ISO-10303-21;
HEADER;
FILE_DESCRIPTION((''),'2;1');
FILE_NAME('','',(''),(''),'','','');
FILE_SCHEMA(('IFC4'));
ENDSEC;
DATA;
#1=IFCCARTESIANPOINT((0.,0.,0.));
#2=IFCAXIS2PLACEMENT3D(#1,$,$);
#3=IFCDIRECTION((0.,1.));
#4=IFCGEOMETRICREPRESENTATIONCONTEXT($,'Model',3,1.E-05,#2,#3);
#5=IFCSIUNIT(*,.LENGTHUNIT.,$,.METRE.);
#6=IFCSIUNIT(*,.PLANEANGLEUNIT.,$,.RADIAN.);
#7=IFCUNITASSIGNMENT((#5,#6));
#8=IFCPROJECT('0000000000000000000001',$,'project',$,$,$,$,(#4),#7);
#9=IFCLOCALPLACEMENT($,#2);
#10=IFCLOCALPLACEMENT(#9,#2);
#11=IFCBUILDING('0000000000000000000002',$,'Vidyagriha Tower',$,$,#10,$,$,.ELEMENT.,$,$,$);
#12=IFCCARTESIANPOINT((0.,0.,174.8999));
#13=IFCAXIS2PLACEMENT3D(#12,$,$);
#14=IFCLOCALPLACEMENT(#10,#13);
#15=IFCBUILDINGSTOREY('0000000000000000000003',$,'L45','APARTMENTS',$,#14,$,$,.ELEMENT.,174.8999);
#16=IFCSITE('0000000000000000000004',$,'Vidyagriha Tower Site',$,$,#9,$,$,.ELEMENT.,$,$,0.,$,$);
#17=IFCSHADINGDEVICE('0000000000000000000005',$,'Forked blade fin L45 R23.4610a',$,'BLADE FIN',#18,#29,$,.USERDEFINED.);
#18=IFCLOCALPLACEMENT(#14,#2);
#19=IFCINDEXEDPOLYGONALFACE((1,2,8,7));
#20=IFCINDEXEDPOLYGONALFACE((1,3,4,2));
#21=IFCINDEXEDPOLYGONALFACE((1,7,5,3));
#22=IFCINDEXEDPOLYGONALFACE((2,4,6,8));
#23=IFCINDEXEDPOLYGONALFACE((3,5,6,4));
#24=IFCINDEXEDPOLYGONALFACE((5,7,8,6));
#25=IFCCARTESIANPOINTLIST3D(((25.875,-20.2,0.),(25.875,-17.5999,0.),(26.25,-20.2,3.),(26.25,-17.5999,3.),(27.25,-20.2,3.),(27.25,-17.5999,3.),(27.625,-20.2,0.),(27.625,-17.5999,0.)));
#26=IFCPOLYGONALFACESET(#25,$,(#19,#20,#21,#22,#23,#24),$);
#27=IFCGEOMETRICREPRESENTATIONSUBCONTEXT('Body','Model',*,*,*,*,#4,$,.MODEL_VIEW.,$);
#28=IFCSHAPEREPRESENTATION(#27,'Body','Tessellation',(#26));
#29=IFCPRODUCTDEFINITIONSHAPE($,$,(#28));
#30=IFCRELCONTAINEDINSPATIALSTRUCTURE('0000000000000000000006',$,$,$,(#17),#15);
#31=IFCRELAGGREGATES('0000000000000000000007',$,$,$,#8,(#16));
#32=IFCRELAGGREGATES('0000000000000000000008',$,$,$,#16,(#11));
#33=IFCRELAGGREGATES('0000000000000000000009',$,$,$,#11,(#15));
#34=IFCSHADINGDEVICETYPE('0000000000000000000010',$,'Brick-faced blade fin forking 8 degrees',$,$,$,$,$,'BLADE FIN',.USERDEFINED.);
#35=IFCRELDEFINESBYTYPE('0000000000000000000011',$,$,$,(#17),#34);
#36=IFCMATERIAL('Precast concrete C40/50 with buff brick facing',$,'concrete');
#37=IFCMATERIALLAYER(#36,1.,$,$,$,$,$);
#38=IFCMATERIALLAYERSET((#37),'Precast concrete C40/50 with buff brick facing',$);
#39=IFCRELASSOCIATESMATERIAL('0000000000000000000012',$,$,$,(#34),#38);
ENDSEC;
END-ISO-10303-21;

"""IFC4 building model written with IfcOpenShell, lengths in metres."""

from ifc_helpers import new_model, si_unit, direction, frame, origin, place, context, subcontext, project, spatial, polyline, outline, extrude, material, layer, layer_set, type_object, element, save


model = new_model("IFC4")

# Units and contexts
model_context = context("Model", 3, precision=1e-05, world=origin(), true_north=direction((0.0, 1.0)))
body_context = subcontext(model_context, "Body", "Model", "MODEL_VIEW")
ifc_project = project(units=[si_unit("LENGTHUNIT", "METRE"), si_unit("PLANEANGLEUNIT", "RADIAN")], contexts=[model_context])

# Site, building, storey
site_placement = place(None, origin())
site = spatial("IfcSite", under=ifc_project, at=site_placement, Name="Vidyagriha Tower Site", CompositionType="ELEMENT", RefElevation=0.0)
building_placement = place(site_placement, origin())
building = spatial("IfcBuilding", under=site, at=building_placement, Name="Vidyagriha Tower", CompositionType="ELEMENT")
storey_placement = place(building_placement, frame((0.0, 0.0, 174.8999)))
storey = spatial("IfcBuildingStorey", under=building, at=storey_placement, Name="L45", Description="APARTMENTS", CompositionType="ELEMENT", Elevation=174.8999)

# Shading device
ifc_material_1 = material(Name="Precast concrete C40/50 with buff brick facing", Category="concrete")
ifc_layer_1 = layer(ifc_material_1, 1.0)
ifc_layer_set_1 = layer_set([ifc_layer_1], Name="Precast concrete C40/50 with buff brick facing")
shading_device_type_1 = type_object("IfcShadingDeviceType", Name="Brick-faced blade fin forking 8 degrees", ElementType="BLADE FIN", PredefinedType="USERDEFINED", material=ifc_layer_set_1)
shading_device_1_placement = place(storey_placement, frame((25.875, -18.8999, 0.0)))
element("IfcShadingDevice", 1, at=shading_device_1_placement, inside=storey, type_object=shading_device_type_1, Name="Forked blade fin L45 R23.4610a", ObjectType="BLADE FIN", PredefinedType="USERDEFINED", context=body_context, shape_type="SweptSolid", body=[
    extrude(outline(polyline([(0.0, 0.0), (1.75, 0.0), (1.375, 3.0), (0.375, 3.0), (0.0, 0.0)])), frame((0.0, 1.3, 0.0), z_axis=(0.0, -1.0, 0.0), x_axis=(1.0, 0.0, 0.0)), (0.0, 0.0, 1.0), 2.6001),
])

save(model, "model.ifc")
